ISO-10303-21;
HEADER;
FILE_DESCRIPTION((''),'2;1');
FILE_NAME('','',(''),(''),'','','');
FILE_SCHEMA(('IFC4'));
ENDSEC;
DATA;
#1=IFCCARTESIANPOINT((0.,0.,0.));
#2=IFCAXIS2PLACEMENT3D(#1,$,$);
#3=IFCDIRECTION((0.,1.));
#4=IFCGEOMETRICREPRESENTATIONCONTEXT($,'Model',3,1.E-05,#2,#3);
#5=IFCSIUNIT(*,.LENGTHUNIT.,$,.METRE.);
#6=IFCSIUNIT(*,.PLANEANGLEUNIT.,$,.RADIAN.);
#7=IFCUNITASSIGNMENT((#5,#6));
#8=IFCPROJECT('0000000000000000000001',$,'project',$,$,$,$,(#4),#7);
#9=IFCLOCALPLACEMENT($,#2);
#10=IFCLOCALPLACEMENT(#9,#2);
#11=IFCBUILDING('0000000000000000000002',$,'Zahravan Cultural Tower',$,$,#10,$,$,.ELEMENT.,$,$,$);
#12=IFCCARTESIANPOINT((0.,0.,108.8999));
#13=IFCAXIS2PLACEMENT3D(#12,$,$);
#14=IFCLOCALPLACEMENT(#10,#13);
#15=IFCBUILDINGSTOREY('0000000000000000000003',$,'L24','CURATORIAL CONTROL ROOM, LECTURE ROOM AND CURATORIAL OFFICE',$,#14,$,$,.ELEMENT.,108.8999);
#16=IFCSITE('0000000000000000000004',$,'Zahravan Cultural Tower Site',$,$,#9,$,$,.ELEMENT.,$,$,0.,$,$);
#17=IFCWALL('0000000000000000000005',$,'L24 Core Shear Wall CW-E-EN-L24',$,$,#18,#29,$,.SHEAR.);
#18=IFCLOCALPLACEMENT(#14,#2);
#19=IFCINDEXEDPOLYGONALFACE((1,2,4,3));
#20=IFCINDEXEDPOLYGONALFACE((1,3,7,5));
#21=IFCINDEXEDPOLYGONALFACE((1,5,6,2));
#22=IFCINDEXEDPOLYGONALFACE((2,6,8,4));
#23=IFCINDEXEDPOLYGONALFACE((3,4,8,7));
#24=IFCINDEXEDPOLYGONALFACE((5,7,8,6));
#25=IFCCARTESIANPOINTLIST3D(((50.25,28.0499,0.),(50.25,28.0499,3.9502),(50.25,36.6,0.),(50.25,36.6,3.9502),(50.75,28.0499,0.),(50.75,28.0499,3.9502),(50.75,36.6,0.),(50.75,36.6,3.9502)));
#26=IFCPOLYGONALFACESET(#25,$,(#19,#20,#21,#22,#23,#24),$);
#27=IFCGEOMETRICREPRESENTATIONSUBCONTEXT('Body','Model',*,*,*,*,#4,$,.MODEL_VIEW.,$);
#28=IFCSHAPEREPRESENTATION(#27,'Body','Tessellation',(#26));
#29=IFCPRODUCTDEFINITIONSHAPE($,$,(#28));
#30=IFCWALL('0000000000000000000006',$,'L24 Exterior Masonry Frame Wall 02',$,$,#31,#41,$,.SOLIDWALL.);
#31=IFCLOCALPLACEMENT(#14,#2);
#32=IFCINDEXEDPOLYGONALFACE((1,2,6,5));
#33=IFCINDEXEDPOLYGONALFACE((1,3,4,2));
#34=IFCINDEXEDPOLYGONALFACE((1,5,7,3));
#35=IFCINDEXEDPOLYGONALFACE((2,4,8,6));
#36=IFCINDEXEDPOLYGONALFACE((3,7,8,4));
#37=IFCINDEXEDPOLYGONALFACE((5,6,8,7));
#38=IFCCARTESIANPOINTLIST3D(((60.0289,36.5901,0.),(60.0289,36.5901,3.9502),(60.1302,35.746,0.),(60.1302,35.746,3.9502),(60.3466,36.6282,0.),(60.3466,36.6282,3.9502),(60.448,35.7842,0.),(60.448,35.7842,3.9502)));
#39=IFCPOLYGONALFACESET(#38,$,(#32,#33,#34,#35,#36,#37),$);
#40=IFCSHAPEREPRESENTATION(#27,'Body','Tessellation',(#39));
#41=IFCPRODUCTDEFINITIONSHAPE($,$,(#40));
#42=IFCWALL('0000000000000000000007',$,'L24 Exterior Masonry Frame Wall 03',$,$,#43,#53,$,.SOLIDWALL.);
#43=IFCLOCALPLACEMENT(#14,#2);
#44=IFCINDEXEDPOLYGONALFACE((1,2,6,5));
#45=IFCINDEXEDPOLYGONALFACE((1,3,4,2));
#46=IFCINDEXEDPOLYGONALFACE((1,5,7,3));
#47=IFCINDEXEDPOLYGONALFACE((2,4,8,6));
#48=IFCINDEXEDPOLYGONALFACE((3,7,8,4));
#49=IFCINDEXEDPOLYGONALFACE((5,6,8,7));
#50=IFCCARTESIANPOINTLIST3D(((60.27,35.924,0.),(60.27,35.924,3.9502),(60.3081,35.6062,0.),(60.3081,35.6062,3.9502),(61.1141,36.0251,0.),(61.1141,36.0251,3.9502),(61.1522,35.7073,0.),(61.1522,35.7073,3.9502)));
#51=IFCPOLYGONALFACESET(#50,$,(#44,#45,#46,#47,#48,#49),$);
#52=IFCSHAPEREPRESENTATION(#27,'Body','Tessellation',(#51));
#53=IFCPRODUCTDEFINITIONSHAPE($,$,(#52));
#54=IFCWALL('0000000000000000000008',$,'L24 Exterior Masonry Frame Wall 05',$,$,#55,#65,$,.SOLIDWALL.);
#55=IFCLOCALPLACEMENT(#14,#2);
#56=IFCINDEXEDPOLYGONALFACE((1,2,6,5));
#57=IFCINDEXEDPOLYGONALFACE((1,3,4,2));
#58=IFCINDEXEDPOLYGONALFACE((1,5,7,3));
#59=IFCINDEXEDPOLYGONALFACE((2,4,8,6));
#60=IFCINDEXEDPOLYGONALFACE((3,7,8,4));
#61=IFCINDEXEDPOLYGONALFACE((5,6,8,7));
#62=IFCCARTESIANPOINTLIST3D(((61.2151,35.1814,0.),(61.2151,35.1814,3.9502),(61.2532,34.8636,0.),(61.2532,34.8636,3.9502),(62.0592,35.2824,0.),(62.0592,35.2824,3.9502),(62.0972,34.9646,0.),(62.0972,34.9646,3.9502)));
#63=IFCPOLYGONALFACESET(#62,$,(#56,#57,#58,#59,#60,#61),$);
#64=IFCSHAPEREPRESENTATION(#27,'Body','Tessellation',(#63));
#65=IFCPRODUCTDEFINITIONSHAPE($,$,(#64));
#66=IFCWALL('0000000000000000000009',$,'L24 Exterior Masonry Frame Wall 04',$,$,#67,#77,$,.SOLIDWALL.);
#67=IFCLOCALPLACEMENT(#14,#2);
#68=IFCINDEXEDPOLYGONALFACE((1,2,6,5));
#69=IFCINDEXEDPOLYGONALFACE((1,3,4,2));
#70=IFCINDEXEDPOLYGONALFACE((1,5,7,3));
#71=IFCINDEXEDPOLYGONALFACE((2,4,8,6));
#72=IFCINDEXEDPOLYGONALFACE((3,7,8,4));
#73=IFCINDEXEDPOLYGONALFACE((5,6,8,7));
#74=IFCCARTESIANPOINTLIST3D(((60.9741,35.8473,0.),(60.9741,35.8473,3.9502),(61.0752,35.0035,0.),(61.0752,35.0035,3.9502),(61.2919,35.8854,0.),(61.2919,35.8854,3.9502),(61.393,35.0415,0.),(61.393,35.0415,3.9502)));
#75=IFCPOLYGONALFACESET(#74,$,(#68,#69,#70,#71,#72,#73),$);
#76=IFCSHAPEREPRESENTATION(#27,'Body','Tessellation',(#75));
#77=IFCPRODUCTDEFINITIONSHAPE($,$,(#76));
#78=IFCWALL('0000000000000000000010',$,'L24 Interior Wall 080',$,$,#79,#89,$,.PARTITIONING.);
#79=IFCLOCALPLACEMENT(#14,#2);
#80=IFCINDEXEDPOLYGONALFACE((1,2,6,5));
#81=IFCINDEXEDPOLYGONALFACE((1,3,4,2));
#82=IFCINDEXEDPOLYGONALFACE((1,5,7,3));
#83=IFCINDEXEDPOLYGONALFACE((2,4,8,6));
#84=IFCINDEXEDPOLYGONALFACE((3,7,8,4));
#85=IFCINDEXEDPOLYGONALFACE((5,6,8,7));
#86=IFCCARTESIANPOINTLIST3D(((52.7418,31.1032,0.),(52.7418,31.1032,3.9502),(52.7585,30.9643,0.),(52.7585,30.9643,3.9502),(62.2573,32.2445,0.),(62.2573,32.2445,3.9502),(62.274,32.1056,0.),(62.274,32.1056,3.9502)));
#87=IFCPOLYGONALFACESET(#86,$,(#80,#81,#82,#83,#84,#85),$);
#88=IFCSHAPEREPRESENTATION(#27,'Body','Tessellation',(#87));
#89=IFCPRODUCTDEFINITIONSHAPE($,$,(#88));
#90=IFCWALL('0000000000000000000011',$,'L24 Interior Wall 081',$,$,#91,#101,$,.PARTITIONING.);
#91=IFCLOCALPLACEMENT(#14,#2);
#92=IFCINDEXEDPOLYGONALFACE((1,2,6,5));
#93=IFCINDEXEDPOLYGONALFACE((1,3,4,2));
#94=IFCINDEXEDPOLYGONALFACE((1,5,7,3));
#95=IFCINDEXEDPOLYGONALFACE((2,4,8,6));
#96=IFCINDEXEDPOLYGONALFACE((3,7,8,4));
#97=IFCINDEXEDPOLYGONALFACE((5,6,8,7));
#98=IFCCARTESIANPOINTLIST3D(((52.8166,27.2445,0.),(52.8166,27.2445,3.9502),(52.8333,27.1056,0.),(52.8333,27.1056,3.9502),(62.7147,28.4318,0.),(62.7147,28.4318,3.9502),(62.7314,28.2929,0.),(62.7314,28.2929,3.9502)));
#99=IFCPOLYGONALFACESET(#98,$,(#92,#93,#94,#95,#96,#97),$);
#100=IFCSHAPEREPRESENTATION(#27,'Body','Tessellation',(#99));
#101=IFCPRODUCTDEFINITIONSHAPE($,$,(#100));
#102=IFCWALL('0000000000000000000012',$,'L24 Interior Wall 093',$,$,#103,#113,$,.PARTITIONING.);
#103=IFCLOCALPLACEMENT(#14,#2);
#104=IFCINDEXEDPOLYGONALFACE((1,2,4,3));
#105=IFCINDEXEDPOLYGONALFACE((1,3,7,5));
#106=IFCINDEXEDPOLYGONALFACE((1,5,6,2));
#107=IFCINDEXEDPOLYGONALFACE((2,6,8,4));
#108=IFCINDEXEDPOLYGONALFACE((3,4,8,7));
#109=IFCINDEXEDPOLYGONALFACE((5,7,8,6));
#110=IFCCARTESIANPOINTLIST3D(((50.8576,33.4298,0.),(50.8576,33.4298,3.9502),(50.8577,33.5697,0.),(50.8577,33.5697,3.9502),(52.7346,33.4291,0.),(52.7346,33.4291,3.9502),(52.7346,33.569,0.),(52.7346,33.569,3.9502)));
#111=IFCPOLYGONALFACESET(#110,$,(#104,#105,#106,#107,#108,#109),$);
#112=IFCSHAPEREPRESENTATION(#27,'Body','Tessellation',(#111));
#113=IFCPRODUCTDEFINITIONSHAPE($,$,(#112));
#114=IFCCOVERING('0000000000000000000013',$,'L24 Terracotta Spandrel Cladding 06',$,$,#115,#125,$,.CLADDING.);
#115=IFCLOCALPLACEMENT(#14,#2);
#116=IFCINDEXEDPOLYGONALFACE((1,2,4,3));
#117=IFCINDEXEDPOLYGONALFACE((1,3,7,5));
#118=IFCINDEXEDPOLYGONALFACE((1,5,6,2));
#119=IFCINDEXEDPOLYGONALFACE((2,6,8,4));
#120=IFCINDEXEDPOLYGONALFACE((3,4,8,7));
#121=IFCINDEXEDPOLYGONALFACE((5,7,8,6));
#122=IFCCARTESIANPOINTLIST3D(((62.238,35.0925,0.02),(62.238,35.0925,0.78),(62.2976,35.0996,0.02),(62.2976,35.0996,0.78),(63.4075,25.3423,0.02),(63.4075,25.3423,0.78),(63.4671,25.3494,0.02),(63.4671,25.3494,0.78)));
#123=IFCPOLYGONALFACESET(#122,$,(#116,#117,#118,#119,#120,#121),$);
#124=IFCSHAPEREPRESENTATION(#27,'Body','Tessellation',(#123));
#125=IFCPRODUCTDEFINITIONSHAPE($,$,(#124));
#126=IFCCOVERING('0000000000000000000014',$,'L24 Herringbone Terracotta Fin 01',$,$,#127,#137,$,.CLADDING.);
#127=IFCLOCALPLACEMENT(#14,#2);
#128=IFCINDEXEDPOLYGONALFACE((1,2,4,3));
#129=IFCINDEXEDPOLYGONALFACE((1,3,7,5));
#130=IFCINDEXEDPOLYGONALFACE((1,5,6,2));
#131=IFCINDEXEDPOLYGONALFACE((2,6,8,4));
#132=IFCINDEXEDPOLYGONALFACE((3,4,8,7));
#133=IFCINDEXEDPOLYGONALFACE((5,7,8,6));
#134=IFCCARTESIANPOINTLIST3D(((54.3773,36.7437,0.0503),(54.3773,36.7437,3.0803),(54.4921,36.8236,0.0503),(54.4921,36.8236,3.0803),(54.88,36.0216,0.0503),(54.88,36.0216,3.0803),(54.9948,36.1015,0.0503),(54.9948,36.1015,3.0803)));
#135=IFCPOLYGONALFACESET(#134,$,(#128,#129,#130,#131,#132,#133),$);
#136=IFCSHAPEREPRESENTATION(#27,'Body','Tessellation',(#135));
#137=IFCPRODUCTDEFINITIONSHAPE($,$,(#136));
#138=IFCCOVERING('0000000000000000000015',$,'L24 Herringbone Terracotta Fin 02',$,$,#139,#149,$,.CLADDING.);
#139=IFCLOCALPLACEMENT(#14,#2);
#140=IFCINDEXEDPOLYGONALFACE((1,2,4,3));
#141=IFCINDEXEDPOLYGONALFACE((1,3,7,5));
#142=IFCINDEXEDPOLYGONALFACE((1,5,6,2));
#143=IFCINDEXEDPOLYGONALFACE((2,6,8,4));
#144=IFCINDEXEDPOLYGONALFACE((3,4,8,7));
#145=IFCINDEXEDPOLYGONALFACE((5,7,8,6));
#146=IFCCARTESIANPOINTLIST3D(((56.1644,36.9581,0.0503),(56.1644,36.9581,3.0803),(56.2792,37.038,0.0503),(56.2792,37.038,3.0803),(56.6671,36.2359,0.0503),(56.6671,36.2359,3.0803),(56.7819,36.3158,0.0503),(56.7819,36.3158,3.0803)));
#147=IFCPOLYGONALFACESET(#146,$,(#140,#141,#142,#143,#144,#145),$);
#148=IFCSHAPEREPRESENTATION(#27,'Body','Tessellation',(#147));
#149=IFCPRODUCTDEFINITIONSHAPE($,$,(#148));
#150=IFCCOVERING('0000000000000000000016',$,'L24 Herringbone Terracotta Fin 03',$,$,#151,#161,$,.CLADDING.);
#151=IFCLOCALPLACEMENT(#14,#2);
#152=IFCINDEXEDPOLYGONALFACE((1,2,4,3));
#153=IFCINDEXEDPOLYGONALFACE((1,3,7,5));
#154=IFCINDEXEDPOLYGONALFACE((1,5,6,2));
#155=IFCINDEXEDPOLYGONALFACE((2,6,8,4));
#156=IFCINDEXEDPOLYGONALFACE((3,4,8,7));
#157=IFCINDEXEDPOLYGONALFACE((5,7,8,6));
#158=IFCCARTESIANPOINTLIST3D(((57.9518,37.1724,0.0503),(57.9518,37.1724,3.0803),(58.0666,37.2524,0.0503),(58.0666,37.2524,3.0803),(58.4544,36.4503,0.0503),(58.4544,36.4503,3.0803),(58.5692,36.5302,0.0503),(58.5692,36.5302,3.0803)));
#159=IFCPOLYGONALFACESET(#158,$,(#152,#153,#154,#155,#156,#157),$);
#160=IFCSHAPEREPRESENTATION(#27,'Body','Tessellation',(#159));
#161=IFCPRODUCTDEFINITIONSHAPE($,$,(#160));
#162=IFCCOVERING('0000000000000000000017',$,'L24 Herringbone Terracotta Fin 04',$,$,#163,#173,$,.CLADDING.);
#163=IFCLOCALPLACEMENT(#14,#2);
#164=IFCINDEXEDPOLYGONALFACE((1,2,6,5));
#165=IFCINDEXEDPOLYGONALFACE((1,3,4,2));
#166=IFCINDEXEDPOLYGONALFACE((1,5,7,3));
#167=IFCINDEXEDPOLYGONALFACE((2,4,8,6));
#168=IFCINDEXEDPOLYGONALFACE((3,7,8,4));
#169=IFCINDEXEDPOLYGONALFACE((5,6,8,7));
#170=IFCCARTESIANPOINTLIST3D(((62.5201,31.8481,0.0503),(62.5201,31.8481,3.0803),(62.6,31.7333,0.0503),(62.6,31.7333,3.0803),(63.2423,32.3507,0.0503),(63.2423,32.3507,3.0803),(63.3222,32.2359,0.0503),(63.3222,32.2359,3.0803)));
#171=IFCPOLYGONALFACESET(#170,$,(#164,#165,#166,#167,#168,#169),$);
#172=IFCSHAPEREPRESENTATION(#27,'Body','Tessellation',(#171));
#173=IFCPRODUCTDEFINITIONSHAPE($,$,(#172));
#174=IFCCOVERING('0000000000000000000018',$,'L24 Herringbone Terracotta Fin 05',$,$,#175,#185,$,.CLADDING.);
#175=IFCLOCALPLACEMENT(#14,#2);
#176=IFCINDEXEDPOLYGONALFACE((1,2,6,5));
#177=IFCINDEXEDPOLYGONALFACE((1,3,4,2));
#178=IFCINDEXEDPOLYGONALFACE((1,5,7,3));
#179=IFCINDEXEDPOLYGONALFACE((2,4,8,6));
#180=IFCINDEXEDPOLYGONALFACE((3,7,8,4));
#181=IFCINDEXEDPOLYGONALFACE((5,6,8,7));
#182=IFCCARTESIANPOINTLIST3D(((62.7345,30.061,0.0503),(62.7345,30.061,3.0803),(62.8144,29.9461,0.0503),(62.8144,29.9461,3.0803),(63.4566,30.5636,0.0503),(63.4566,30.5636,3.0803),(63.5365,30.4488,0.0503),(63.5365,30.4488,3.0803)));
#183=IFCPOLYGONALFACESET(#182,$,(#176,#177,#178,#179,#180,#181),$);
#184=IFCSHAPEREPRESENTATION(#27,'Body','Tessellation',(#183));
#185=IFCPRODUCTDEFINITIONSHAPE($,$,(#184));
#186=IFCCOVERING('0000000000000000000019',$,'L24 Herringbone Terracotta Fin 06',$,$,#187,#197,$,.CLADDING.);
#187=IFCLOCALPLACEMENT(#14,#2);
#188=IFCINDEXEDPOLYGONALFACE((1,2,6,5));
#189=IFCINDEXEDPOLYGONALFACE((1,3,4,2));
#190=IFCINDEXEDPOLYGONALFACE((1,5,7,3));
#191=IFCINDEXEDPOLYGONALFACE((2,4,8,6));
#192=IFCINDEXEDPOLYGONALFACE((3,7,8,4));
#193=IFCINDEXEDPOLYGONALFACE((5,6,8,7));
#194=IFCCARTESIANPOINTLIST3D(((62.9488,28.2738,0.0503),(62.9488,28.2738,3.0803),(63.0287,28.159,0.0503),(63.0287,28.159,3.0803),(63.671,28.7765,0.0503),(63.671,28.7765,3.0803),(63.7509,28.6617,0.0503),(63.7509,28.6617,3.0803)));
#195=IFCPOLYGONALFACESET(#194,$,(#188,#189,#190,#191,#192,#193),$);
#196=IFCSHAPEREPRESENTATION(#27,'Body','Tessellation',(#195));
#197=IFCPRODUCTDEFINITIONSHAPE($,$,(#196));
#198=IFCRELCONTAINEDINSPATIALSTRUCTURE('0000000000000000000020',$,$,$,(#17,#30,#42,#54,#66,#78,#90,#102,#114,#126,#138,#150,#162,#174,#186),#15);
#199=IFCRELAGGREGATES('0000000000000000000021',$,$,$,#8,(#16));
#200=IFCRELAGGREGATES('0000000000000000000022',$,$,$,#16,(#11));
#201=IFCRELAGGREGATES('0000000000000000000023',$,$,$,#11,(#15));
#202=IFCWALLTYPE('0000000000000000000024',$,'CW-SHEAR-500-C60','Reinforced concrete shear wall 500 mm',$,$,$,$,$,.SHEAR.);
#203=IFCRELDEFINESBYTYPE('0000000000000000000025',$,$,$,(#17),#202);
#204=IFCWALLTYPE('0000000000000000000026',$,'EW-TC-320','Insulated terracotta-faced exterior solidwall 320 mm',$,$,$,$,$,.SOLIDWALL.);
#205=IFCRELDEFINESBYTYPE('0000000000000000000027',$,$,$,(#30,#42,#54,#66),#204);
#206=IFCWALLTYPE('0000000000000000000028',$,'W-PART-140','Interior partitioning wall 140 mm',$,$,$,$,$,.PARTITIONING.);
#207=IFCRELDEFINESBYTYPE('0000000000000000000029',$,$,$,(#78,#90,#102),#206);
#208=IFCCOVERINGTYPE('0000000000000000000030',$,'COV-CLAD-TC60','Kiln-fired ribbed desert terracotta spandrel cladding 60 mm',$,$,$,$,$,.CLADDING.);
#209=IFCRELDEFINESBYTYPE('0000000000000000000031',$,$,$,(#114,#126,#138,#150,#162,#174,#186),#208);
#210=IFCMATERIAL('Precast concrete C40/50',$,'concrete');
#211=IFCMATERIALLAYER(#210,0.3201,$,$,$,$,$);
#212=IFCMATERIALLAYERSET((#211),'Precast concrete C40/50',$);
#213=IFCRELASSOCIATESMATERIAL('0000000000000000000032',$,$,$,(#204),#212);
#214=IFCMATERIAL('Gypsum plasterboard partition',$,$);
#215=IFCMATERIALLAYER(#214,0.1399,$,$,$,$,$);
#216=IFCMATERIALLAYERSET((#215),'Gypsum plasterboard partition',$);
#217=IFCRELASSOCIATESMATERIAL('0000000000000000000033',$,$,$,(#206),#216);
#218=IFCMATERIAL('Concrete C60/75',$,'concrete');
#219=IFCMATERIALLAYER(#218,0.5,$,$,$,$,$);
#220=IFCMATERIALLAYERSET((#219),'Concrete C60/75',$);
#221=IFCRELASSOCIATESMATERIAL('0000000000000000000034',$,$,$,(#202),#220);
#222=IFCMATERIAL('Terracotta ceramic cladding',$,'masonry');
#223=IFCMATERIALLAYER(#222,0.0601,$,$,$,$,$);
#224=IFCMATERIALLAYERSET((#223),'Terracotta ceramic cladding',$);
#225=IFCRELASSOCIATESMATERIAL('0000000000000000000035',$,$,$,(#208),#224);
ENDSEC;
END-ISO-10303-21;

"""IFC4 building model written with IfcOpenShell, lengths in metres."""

from ifc_helpers import new_model, si_unit, direction, frame, frame_2d, origin, origin_2d, place, context, subcontext, project, spatial, rectangle, extrude, source, transform, mapped, material, layer, layer_set, type_object, element, save


model = new_model("IFC4")

# Units and contexts
model_context = context("Model", 3, precision=1e-05, world=origin(), true_north=direction((0.0, 1.0)))
body_context = subcontext(model_context, "Body", "Model", "MODEL_VIEW")
ifc_project = project(units=[si_unit("LENGTHUNIT", "METRE"), si_unit("PLANEANGLEUNIT", "RADIAN")], contexts=[model_context])

# Site, building, storey
site_placement = place(None, origin())
site = spatial("IfcSite", under=ifc_project, at=site_placement, Name="Zahravan Cultural Tower Site", CompositionType="ELEMENT", RefElevation=0.0)
building_placement = place(site_placement, origin())
building = spatial("IfcBuilding", under=site, at=building_placement, Name="Zahravan Cultural Tower", CompositionType="ELEMENT")
storey_placement = place(building_placement, frame((0.0, 0.0, 108.8999)))
storey = spatial("IfcBuildingStorey", under=building, at=storey_placement, Name="L24", Description="CURATORIAL CONTROL ROOM, LECTURE ROOM AND CURATORIAL OFFICE", CompositionType="ELEMENT", Elevation=108.8999)

# Shared definitions
ifc_material_1 = material(Name="Precast concrete C40/50", Category="concrete")
ifc_layer_1 = layer(ifc_material_1, 0.3201)
ifc_layer_set_1 = layer_set([ifc_layer_1], Name="Precast concrete C40/50")
wall_type_1 = type_object("IfcWallType", Name="EW-TC-320", Description="Insulated terracotta-faced exterior solidwall 320 mm", PredefinedType="SOLIDWALL", material=ifc_layer_set_1)

# Shared definitions
ifc_material_2 = material(Name="Gypsum plasterboard partition")
ifc_layer_2 = layer(ifc_material_2, 0.1399)
ifc_layer_set_2 = layer_set([ifc_layer_2], Name="Gypsum plasterboard partition")
wall_type_2 = type_object("IfcWallType", Name="W-PART-140", Description="Interior partitioning wall 140 mm", PredefinedType="PARTITIONING", material=ifc_layer_set_2)

# Walls
ifc_material_3 = material(Name="Concrete C60/75", Category="concrete")
ifc_layer_3 = layer(ifc_material_3, 0.5)
ifc_layer_set_3 = layer_set([ifc_layer_3], Name="Concrete C60/75")
wall_type_3 = type_object("IfcWallType", Name="CW-SHEAR-500-C60", Description="Reinforced concrete shear wall 500 mm", PredefinedType="SHEAR", material=ifc_layer_set_3)
shared_shape_1 = source(origin(), body_context, "Body", "SweptSolid", [
    extrude(rectangle(XDim=8.55, YDim=0.5, at=frame_2d((4.2749, 0.0))), origin(), (0.0, 0.0, 1.0), 3.9502),
])
wall_1_placement = place(storey_placement, frame((50.5, 28.05, 0.0), z_axis=(0.0, 0.0, 1.0), x_axis=(0.0, 1.0, 0.0)))
element("IfcWall", 1, at=wall_1_placement, inside=storey, type_object=wall_type_3, Name="L24 Core Shear Wall CW-E-EN-L24", PredefinedType="SHEAR", context=body_context, shape_type="MappedRepresentation", body=[
    mapped(shared_shape_1, transform((0.0, 0.0, 0.0), x_axis=(1.0, 0.0, 0.0), y_axis=(0.0, 1.0, 0.0), z_axis=(0.0, 0.0, 1.0), scale=1.0)),
])
shared_shape_2 = source(origin(), body_context, "Body", "SweptSolid", [
    extrude(rectangle(XDim=0.8501, YDim=0.3201, at=frame_2d((0.425, 0.0))), origin(), (0.0, 0.0, 1.0), 3.9502),
])
for number, where, z_axis, x_axis, name in (
    (2, (60.1877, 36.6091, 0.0), (0.0, 0.0, 1.0), (0.119191, -0.992871, 0.0), "L24 Exterior Masonry Frame Wall 02"),
    (3, (60.2891, 35.7651, 0.0), (0.0, 0.0, 1.0), (0.992905, 0.118907, 0.0), "L24 Exterior Masonry Frame Wall 03"),
    (4, (61.2341, 35.0225, 0.0), (0.0, 0.0, 1.0), (0.992905, 0.118907, 0.0), "L24 Exterior Masonry Frame Wall 05"),
):
    element("IfcWall", number, at=place(storey_placement, frame(where, z_axis=z_axis, x_axis=x_axis)), inside=storey, type_object=wall_type_1, Name=name, PredefinedType="SOLIDWALL", context=body_context, shape_type="MappedRepresentation", body=[
        mapped(shared_shape_2, transform((0.0, 0.0, 0.0), x_axis=(1.0, 0.0, 0.0), y_axis=(0.0, 1.0, 0.0), z_axis=(0.0, 0.0, 1.0), scale=1.0)),
    ])
shared_shape_3 = source(origin(), body_context, "Body", "SweptSolid", [
    extrude(rectangle(XDim=0.8499, YDim=0.3201, at=frame_2d((0.4248, 0.0))), origin(), (0.0, 0.0, 1.0), 3.9502),
])
wall_2_placement = place(storey_placement, frame((61.1331, 35.8662, 0.0), z_axis=(0.0, 0.0, 1.0), x_axis=(0.118941, -0.992901, 0.0)))
element("IfcWall", 5, at=wall_2_placement, inside=storey, type_object=wall_type_1, Name="L24 Exterior Masonry Frame Wall 04", PredefinedType="SOLIDWALL", context=body_context, shape_type="MappedRepresentation", body=[
    mapped(shared_shape_3, transform((0.0, 0.0, 0.0), x_axis=(1.0, 0.0, 0.0), y_axis=(0.0, 1.0, 0.0), z_axis=(0.0, 0.0, 1.0), scale=1.0)),
])
shared_shape_4 = source(origin(), body_context, "Body", "SweptSolid", [
    extrude(rectangle(XDim=9.5837, YDim=0.1399, at=frame_2d((4.792, 0.0))), origin(), (0.0, 0.0, 1.0), 3.9502),
])
wall_3_placement = place(storey_placement, frame((52.75, 31.0337, 0.0), z_axis=(0.0, 0.0, 1.0), x_axis=(0.992883, 0.119092, 0.0)))
element("IfcWall", 6, at=wall_3_placement, inside=storey, type_object=wall_type_2, Name="L24 Interior Wall 080", PredefinedType="PARTITIONING", context=body_context, shape_type="MappedRepresentation", body=[
    mapped(shared_shape_4, transform((0.0, 0.0, 0.0), x_axis=(1.0, 0.0, 0.0), y_axis=(0.0, 1.0, 0.0), z_axis=(0.0, 0.0, 1.0), scale=1.0)),
])
shared_shape_5 = source(origin(), body_context, "Body", "SweptSolid", [
    extrude(rectangle(XDim=9.969, YDim=0.1399, at=frame_2d((4.9844, 0.0))), origin(), (0.0, 0.0, 1.0), 3.9502),
])
wall_4_placement = place(storey_placement, frame((62.7229, 28.3623, 0.0), z_axis=(0.0, 0.0, 1.0), x_axis=(-0.992883, -0.119096, 0.0)))
element("IfcWall", 7, at=wall_4_placement, inside=storey, type_object=wall_type_2, Name="L24 Interior Wall 081", PredefinedType="PARTITIONING", context=body_context, shape_type="MappedRepresentation", body=[
    mapped(shared_shape_5, transform((0.0, 0.0, 0.0), x_axis=(1.0, 0.0, 0.0), y_axis=(0.0, 1.0, 0.0), z_axis=(0.0, 0.0, 1.0), scale=1.0)),
])
shared_shape_6 = source(origin(), body_context, "Body", "SweptSolid", [
    extrude(rectangle(XDim=1.877, YDim=0.1399, at=frame_2d((0.9385, 0.0))), origin(), (0.0, 0.0, 1.0), 3.9502),
])
wall_5_placement = place(storey_placement, frame((52.7346, 33.499, 0.0), z_axis=(0.0, 0.0, 1.0), x_axis=(-1.0, 0.00039, 0.0)))
element("IfcWall", 8, at=wall_5_placement, inside=storey, type_object=wall_type_2, Name="L24 Interior Wall 093", PredefinedType="PARTITIONING", context=body_context, shape_type="MappedRepresentation", body=[
    mapped(shared_shape_6, transform((0.0, 0.0, 0.0), x_axis=(1.0, 0.0, 0.0), y_axis=(0.0, 1.0, 0.0), z_axis=(0.0, 0.0, 1.0), scale=1.0)),
])

# Coverings
ifc_material_4 = material(Name="Terracotta ceramic cladding", Category="masonry")
ifc_layer_4 = layer(ifc_material_4, 0.0601)
ifc_layer_set_4 = layer_set([ifc_layer_4], Name="Terracotta ceramic cladding")
covering_type = type_object("IfcCoveringType", Name="COV-CLAD-TC60", Description="Kiln-fired ribbed desert terracotta spandrel cladding 60 mm", PredefinedType="CLADDING", material=ifc_layer_set_4)
shared_shape_7 = source(origin(), body_context, "Body", "SweptSolid", [
    extrude(rectangle(XDim=9.8201, YDim=0.0601, at=origin_2d()), origin(), (0.0, 0.0, 1.0), 0.76),
])
covering_1_placement = place(storey_placement, frame((62.8525, 30.2209, 0.02), z_axis=(0.0, 0.0, 1.0), x_axis=(0.119097, -0.992883, 0.0)))
element("IfcCovering", 9, at=covering_1_placement, inside=storey, type_object=covering_type, Name="L24 Terracotta Spandrel Cladding 06", PredefinedType="CLADDING", context=body_context, shape_type="MappedRepresentation", body=[
    mapped(shared_shape_7, transform((0.0, 0.0, 0.0), x_axis=(1.0, 0.0, 0.0), y_axis=(0.0, 1.0, 0.0), z_axis=(0.0, 0.0, 1.0), scale=1.0)),
])
shared_shape_8 = source(origin(), body_context, "Body", "SweptSolid", [
    extrude(rectangle(XDim=0.8799, YDim=0.1399, at=origin_2d()), origin(), (0.0, 0.0, 1.0), 3.03),
])
for number, where, z_axis, x_axis, name in (
    (10, (54.686, 36.4226, 0.0503), (0.0, 0.0, 1.0), (-0.571287, 0.820751, 0.0), "L24 Herringbone Terracotta Fin 01"),
    (11, (56.4731, 36.637, 0.0503), (0.0, 0.0, 1.0), (-0.571287, 0.820751, 0.0), "L24 Herringbone Terracotta Fin 02"),
    (12, (58.2605, 36.8513, 0.0503), (0.0, 0.0, 1.0), (-0.571287, 0.820751, 0.0), "L24 Herringbone Terracotta Fin 03"),
    (13, (62.9211, 32.042, 0.0503), (0.0, 0.0, 1.0), (0.820751, 0.571287, 0.0), "L24 Herringbone Terracotta Fin 04"),
    (14, (63.1355, 30.2549, 0.0503), (0.0, 0.0, 1.0), (0.820751, 0.571287, 0.0), "L24 Herringbone Terracotta Fin 05"),
    (15, (63.3499, 28.4678, 0.0503), (0.0, 0.0, 1.0), (0.820751, 0.571287, 0.0), "L24 Herringbone Terracotta Fin 06"),
):
    element("IfcCovering", number, at=place(storey_placement, frame(where, z_axis=z_axis, x_axis=x_axis)), inside=storey, type_object=covering_type, Name=name, PredefinedType="CLADDING", context=body_context, shape_type="MappedRepresentation", body=[
        mapped(shared_shape_8, transform((0.0, 0.0, 0.0), x_axis=(1.0, 0.0, 0.0), y_axis=(0.0, 1.0, 0.0), z_axis=(0.0, 0.0, 1.0), scale=1.0)),
    ])

save(model, "model.ifc")
